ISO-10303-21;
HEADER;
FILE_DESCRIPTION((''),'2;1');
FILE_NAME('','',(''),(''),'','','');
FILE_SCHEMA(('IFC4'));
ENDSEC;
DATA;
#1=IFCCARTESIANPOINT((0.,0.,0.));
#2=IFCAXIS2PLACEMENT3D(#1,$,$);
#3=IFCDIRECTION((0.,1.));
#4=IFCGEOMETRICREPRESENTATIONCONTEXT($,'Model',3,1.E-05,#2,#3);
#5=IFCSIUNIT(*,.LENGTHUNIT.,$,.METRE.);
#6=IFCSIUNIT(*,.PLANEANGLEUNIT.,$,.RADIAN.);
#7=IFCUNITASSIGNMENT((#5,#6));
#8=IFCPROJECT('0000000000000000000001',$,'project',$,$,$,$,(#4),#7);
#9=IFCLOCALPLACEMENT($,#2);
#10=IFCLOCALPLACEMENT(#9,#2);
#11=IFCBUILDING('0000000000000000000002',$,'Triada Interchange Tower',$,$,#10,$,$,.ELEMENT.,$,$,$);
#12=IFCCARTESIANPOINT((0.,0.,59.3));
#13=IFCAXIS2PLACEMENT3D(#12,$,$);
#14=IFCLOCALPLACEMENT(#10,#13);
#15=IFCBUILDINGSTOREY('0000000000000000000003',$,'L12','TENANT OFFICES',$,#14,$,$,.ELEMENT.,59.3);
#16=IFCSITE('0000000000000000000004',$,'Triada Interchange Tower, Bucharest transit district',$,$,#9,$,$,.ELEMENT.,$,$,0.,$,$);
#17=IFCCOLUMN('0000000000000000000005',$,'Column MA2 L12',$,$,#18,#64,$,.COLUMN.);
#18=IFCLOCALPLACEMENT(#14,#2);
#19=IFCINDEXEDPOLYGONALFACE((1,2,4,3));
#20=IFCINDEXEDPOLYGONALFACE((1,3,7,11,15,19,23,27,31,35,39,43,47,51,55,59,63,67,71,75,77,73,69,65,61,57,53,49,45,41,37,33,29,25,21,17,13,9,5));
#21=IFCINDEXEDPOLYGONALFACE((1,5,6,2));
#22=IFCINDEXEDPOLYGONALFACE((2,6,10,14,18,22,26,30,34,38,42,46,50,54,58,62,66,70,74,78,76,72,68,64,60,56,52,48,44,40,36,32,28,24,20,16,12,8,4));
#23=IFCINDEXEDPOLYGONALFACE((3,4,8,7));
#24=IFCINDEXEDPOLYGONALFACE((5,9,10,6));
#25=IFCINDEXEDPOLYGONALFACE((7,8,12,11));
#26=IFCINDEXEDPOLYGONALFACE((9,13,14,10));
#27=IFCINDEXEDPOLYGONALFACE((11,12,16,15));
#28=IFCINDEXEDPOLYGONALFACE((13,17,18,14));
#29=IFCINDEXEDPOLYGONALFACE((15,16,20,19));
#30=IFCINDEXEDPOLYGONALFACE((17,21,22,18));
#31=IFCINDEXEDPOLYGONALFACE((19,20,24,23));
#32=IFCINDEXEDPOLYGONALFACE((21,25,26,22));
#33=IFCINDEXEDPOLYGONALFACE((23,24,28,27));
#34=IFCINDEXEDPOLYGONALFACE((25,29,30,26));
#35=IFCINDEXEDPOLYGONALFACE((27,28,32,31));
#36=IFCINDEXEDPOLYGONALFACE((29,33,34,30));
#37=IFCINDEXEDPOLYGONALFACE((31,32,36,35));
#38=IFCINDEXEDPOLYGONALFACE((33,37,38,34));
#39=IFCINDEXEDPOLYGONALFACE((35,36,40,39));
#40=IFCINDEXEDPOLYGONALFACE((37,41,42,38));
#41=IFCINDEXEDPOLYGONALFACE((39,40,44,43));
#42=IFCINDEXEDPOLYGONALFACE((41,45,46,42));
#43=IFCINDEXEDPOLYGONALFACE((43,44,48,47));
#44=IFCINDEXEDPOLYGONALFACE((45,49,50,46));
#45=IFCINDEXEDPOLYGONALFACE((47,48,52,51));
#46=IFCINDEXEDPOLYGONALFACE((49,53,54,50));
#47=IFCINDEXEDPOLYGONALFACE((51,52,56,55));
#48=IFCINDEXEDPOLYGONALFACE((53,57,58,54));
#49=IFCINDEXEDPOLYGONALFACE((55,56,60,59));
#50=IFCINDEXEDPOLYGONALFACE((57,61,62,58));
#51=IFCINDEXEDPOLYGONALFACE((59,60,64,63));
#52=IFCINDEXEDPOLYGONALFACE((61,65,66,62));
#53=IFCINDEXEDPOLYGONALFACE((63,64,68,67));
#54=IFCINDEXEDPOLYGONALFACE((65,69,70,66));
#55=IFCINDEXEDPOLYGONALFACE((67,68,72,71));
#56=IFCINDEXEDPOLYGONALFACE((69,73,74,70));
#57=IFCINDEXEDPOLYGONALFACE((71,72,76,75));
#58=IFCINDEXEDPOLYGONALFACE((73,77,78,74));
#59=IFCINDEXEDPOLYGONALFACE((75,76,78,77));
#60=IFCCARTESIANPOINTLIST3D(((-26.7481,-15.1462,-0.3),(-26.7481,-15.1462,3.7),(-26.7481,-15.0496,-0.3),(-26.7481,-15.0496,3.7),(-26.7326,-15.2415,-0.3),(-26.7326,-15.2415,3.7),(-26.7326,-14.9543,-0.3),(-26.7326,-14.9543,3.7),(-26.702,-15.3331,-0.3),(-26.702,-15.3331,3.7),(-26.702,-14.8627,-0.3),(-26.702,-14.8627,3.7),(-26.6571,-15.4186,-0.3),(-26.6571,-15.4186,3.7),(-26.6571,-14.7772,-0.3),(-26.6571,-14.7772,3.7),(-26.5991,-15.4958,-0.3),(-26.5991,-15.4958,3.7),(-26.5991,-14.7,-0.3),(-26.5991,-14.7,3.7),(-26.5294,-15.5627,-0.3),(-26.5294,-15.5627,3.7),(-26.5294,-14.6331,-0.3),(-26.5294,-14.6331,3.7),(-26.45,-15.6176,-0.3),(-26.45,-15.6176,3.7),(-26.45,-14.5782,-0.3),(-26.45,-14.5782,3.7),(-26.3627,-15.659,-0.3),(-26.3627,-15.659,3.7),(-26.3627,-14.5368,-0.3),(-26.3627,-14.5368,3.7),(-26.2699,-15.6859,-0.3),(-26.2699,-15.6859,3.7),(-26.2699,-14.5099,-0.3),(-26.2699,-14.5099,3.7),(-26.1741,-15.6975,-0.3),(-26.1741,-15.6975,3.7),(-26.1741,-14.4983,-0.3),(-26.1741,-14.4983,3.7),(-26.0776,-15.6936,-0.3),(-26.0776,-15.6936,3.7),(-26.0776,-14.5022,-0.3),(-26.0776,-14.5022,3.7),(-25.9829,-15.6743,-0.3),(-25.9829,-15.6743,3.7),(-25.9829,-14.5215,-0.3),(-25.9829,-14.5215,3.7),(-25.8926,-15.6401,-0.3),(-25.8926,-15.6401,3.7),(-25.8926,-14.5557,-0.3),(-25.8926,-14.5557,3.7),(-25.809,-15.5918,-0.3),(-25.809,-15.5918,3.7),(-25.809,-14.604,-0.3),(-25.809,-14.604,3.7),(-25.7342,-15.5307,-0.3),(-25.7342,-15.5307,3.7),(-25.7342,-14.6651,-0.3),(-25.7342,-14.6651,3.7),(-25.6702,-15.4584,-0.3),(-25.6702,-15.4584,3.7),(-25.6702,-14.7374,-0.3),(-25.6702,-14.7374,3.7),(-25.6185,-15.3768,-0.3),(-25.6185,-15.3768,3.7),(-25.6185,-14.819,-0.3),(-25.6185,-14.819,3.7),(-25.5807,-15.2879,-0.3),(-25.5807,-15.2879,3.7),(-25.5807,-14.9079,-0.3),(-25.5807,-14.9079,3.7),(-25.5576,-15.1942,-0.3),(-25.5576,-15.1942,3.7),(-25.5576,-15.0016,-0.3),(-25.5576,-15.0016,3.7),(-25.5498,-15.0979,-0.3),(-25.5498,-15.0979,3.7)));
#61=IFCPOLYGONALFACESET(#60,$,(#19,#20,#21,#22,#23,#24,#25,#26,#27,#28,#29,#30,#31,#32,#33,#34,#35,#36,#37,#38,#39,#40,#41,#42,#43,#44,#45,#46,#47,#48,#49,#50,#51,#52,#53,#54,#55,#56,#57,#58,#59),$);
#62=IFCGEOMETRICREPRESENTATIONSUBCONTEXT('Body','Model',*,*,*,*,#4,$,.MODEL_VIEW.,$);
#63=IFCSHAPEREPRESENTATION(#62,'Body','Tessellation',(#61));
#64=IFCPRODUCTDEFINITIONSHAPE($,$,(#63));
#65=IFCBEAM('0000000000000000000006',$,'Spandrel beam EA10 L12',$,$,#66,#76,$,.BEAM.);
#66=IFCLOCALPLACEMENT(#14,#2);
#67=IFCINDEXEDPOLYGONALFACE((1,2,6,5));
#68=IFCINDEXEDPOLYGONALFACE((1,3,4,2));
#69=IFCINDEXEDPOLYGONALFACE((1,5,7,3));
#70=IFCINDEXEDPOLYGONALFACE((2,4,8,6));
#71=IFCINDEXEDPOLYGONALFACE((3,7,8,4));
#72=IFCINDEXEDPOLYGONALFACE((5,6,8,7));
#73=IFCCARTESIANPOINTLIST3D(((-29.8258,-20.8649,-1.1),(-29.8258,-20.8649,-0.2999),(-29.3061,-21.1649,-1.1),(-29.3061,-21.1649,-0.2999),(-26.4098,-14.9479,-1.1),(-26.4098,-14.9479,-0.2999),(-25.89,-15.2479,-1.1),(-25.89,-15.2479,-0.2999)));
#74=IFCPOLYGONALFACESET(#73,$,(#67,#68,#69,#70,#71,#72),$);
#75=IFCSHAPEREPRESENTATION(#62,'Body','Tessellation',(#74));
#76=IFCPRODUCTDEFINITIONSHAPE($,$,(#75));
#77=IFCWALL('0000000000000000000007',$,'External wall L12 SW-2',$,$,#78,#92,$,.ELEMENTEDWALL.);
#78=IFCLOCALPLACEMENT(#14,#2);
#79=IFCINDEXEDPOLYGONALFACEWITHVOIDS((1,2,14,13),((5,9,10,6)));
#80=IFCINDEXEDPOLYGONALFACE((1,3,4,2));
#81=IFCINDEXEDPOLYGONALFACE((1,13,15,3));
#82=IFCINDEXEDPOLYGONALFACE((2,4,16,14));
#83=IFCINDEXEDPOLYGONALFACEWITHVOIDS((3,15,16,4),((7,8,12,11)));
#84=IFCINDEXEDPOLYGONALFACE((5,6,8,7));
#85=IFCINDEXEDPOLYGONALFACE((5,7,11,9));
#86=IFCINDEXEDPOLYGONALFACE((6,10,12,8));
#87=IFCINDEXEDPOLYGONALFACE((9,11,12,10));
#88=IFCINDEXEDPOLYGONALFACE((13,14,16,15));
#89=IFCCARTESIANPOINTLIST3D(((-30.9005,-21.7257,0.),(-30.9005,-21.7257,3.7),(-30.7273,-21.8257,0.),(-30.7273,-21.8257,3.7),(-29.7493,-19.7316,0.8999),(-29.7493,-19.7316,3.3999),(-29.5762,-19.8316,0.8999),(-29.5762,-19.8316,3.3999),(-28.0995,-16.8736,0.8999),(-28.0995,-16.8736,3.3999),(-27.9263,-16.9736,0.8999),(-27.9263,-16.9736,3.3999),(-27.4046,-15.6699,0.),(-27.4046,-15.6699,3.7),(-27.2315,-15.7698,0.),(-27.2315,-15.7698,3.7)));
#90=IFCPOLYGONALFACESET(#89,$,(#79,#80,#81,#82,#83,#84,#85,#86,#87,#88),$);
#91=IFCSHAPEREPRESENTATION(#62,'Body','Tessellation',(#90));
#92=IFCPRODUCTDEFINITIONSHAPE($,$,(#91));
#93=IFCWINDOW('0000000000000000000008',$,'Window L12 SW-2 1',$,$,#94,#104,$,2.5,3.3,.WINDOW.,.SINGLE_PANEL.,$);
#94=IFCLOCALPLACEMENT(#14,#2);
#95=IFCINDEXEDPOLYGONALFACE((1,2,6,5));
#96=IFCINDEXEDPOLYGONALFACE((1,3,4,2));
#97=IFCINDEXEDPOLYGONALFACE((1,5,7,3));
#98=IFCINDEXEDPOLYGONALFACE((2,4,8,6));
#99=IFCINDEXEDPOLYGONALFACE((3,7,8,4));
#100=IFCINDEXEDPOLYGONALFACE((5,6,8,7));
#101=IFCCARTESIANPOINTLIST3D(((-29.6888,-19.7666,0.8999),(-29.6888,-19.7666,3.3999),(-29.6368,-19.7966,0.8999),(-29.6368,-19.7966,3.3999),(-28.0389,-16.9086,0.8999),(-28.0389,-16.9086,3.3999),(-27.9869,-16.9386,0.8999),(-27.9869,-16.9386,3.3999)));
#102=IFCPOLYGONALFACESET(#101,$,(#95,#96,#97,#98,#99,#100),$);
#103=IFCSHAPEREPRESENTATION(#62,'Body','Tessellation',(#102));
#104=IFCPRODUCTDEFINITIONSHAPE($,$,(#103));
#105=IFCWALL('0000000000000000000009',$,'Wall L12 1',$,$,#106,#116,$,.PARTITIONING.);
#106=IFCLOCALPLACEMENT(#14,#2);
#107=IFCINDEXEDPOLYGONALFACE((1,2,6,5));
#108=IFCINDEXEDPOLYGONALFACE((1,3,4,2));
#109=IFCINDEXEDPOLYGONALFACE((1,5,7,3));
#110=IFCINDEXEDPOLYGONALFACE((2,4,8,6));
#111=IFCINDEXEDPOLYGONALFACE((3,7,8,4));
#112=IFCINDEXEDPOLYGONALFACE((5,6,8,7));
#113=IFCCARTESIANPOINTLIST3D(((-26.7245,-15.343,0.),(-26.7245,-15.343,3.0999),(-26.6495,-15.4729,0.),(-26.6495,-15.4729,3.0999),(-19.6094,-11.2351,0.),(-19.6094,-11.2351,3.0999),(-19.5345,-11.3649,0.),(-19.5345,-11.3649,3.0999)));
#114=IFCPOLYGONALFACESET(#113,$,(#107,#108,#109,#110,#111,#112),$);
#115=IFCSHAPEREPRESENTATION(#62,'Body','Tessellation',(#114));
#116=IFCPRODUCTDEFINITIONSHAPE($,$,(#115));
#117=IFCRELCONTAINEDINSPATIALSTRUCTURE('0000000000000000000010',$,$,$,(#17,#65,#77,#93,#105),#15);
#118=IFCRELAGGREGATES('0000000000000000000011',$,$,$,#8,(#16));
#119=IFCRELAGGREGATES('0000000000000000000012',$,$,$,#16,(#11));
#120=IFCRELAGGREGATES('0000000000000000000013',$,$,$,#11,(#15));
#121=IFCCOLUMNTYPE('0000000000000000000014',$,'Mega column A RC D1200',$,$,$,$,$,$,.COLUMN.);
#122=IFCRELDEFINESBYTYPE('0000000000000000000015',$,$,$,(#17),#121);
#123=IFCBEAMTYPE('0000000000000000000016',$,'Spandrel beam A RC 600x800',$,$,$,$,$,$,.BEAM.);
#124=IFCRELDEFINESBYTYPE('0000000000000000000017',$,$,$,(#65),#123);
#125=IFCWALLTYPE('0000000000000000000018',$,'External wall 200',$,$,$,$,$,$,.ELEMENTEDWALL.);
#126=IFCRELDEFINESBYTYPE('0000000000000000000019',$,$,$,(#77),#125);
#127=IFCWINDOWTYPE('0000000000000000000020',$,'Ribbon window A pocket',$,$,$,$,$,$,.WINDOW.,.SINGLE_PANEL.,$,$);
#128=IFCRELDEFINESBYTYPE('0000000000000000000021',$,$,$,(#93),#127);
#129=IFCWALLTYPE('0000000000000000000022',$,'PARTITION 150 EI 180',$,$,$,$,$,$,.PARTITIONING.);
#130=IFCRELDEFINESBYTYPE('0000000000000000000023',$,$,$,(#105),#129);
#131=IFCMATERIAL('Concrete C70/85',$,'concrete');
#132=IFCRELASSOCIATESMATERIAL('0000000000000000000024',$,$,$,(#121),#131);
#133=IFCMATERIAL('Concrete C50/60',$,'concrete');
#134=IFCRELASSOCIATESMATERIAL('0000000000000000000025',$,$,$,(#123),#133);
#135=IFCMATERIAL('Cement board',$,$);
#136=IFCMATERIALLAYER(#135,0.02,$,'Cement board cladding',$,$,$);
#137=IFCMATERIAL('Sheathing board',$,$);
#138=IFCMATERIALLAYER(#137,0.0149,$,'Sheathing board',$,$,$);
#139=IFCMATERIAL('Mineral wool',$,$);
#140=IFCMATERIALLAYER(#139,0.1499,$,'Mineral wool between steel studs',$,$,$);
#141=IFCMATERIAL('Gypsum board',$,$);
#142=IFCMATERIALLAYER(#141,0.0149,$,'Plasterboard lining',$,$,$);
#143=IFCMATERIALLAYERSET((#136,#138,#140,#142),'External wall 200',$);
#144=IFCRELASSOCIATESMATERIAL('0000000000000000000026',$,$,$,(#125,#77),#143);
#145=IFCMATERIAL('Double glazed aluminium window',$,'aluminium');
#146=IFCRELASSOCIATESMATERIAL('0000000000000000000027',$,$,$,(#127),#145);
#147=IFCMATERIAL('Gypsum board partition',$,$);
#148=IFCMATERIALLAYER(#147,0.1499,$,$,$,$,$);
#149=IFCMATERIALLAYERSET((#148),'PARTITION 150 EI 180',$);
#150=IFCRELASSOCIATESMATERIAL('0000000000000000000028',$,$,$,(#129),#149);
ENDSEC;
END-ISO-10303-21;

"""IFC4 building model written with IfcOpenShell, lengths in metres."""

from ifc_helpers import new_model, si_unit, direction, frame, frame_2d, origin, origin_2d, place, context, subcontext, project, spatial, rectangle, circle, extrude, material, layer, layer_set, layer_usage, material_profile, profile_set, type_object, element, fill, save


model = new_model("IFC4")

# Units and contexts
model_context = context("Model", 3, precision=1e-05, world=origin(), true_north=direction((0.0, 1.0)))
body_context = subcontext(model_context, "Body", "Model", "MODEL_VIEW")
ifc_project = project(units=[si_unit("LENGTHUNIT", "METRE"), si_unit("PLANEANGLEUNIT", "RADIAN")], contexts=[model_context])

# Site, building, storey
site_placement = place(None, origin())
site = spatial("IfcSite", under=ifc_project, at=site_placement, Name="Triada Interchange Tower, Bucharest transit district", CompositionType="ELEMENT", RefElevation=0.0)
building_placement = place(site_placement, origin())
building = spatial("IfcBuilding", under=site, at=building_placement, Name="Triada Interchange Tower", CompositionType="ELEMENT")
storey_placement = place(building_placement, frame((0.0, 0.0, 59.3)))
storey = spatial("IfcBuildingStorey", under=building, at=storey_placement, Name="L12", Description="TENANT OFFICES", CompositionType="ELEMENT", Elevation=59.3)

# Column
ifc_material_1 = material(Name="Concrete C70/85", Category="concrete")
ifc_material_profile_1 = material_profile(ifc_material_1, circle(Radius=0.6001, at=origin_2d()), Name="RC D1200")
ifc_profile_set_1 = profile_set([ifc_material_profile_1], Name="Concrete C70/85")
column_type = type_object("IfcColumnType", Name="Mega column A RC D1200", PredefinedType="COLUMN", material=ifc_profile_set_1)
column_placement = place(storey_placement, frame((-26.1499, -15.0979, -0.3), z_axis=(0.0, 0.0, 1.0), x_axis=(1.0, 0.0, 0.0)))
element("IfcColumn", 1, at=column_placement, inside=storey, type_object=column_type, Name="Column MA2 L12", PredefinedType="COLUMN", context=body_context, shape_type="SweptSolid", body=[
    extrude(circle(Radius=0.6001, at=origin_2d()), origin(), (0.0, 0.0, 1.0), 4.0),
])

# Beam
ifc_material_2 = material(Name="Concrete C50/60", Category="concrete")
ifc_material_profile_2 = material_profile(ifc_material_2, rectangle(XDim=0.6001, YDim=0.8, at=origin_2d()), Name="RC 600x800")
ifc_profile_set_2 = profile_set([ifc_material_profile_2], Name="Concrete C50/60")
beam_type = type_object("IfcBeamType", Name="Spandrel beam A RC 600x800", PredefinedType="BEAM", material=ifc_profile_set_2)
beam_placement = place(storey_placement, frame((-26.1499, -15.0979, -0.7), z_axis=(-0.499982, -0.866036, 0.0), x_axis=(0.866036, -0.499982, 0.0)))
element("IfcBeam", 2, at=beam_placement, inside=storey, type_object=beam_type, Name="Spandrel beam EA10 L12", PredefinedType="BEAM", context=body_context, shape_type="SweptSolid", body=[
    extrude(rectangle(XDim=0.6001, YDim=0.8, at=origin_2d()), origin(), (0.0, 0.0, 1.0), 6.8323),
])

# Wall, opening, window
ifc_material_3 = material(Name="Cement board")
ifc_layer_1 = layer(ifc_material_3, 0.02, Name="Cement board cladding")
ifc_material_4 = material(Name="Sheathing board")
ifc_layer_2 = layer(ifc_material_4, 0.0149, Name="Sheathing board")
ifc_material_5 = material(Name="Mineral wool")
ifc_layer_3 = layer(ifc_material_5, 0.1499, Name="Mineral wool between steel studs")
ifc_material_6 = material(Name="Gypsum board")
ifc_layer_4 = layer(ifc_material_6, 0.0149, Name="Plasterboard lining")
ifc_layer_set_1 = layer_set([ifc_layer_1, ifc_layer_2, ifc_layer_3, ifc_layer_4], Name="External wall 200")
ifc_layer_usage = layer_usage(ifc_layer_set_1, "AXIS2", "POSITIVE", -0.1001)
wall_type_1 = type_object("IfcWallType", Name="External wall 200", PredefinedType="ELEMENTEDWALL", material=ifc_layer_set_1)
wall_1_placement = place(storey_placement, frame((-27.3181, -15.72, 0.0), z_axis=(0.0, 0.0, 1.0), x_axis=(-0.499943, -0.866058, 0.0)))
wall_1 = element("IfcWall", 3, at=wall_1_placement, inside=storey, type_object=wall_type_1, material=ifc_layer_usage, Name="External wall L12 SW-2", PredefinedType="ELEMENTEDWALL", context=body_context, shape_type="SweptSolid", body=[
    extrude(rectangle(XDim=6.9924, YDim=0.2, at=frame_2d((3.4961, 0.0))), origin(), (0.0, 0.0, 1.0), 3.7),
])
opening_placement = place(wall_1_placement, frame((1.3899, 0.0, 0.8999)))
opening = element("IfcOpeningElement", 4, at=opening_placement, cuts=wall_1, PredefinedType="OPENING", context=body_context, shape_type="SweptSolid", body=[
    extrude(rectangle(XDim=3.3, YDim=2.5, at=frame_2d((1.6499, 1.25))), frame((0.0, 0.1099, 0.0), z_axis=(0.0, -1.0, 0.0), x_axis=(1.0, 0.0, 0.0)), (0.0, 0.0, 1.0), 0.22),
])
ifc_material_7 = material(Name="Double glazed aluminium window", Category="aluminium")
window_type = type_object("IfcWindowType", Name="Ribbon window A pocket", PartitioningType="SINGLE_PANEL", PredefinedType="WINDOW", material=ifc_material_7)
window_placement = place(opening_placement, origin())
window = element("IfcWindow", 5, at=window_placement, inside=storey, type_object=window_type, Name="Window L12 SW-2 1", OverallHeight=2.5, OverallWidth=3.3, PartitioningType="SINGLE_PANEL", PredefinedType="WINDOW", context=body_context, shape_type="SweptSolid", body=[
    extrude(rectangle(XDim=3.3, YDim=2.5, at=frame_2d((1.6499, 1.25))), frame((0.0, 0.03, 0.0), z_axis=(0.0, -1.0, 0.0), x_axis=(1.0, 0.0, 0.0)), (0.0, 0.0, 1.0), 0.0601),
])
fill(opening, window)

# Wall
ifc_material_8 = material(Name="Gypsum board partition")
ifc_layer_5 = layer(ifc_material_8, 0.1499)
ifc_layer_set_2 = layer_set([ifc_layer_5], Name="PARTITION 150 EI 180")
wall_type_2 = type_object("IfcWallType", Name="PARTITION 150 EI 180", PredefinedType="PARTITIONING", material=ifc_layer_set_2)
wall_2_placement = place(storey_placement, frame((-26.687, -15.408, 0.0), z_axis=(0.0, 0.0, 1.0), x_axis=(0.866022, 0.500006, 0.0)))
element("IfcWall", 6, at=wall_2_placement, inside=storey, type_object=wall_type_2, Name="Wall L12 1", PredefinedType="PARTITIONING", context=body_context, shape_type="SweptSolid", body=[
    extrude(rectangle(XDim=8.2158, YDim=0.1499, at=frame_2d((4.1079, 0.0))), origin(), (0.0, 0.0, 1.0), 3.0999),
])

save(model, "model.ifc")
